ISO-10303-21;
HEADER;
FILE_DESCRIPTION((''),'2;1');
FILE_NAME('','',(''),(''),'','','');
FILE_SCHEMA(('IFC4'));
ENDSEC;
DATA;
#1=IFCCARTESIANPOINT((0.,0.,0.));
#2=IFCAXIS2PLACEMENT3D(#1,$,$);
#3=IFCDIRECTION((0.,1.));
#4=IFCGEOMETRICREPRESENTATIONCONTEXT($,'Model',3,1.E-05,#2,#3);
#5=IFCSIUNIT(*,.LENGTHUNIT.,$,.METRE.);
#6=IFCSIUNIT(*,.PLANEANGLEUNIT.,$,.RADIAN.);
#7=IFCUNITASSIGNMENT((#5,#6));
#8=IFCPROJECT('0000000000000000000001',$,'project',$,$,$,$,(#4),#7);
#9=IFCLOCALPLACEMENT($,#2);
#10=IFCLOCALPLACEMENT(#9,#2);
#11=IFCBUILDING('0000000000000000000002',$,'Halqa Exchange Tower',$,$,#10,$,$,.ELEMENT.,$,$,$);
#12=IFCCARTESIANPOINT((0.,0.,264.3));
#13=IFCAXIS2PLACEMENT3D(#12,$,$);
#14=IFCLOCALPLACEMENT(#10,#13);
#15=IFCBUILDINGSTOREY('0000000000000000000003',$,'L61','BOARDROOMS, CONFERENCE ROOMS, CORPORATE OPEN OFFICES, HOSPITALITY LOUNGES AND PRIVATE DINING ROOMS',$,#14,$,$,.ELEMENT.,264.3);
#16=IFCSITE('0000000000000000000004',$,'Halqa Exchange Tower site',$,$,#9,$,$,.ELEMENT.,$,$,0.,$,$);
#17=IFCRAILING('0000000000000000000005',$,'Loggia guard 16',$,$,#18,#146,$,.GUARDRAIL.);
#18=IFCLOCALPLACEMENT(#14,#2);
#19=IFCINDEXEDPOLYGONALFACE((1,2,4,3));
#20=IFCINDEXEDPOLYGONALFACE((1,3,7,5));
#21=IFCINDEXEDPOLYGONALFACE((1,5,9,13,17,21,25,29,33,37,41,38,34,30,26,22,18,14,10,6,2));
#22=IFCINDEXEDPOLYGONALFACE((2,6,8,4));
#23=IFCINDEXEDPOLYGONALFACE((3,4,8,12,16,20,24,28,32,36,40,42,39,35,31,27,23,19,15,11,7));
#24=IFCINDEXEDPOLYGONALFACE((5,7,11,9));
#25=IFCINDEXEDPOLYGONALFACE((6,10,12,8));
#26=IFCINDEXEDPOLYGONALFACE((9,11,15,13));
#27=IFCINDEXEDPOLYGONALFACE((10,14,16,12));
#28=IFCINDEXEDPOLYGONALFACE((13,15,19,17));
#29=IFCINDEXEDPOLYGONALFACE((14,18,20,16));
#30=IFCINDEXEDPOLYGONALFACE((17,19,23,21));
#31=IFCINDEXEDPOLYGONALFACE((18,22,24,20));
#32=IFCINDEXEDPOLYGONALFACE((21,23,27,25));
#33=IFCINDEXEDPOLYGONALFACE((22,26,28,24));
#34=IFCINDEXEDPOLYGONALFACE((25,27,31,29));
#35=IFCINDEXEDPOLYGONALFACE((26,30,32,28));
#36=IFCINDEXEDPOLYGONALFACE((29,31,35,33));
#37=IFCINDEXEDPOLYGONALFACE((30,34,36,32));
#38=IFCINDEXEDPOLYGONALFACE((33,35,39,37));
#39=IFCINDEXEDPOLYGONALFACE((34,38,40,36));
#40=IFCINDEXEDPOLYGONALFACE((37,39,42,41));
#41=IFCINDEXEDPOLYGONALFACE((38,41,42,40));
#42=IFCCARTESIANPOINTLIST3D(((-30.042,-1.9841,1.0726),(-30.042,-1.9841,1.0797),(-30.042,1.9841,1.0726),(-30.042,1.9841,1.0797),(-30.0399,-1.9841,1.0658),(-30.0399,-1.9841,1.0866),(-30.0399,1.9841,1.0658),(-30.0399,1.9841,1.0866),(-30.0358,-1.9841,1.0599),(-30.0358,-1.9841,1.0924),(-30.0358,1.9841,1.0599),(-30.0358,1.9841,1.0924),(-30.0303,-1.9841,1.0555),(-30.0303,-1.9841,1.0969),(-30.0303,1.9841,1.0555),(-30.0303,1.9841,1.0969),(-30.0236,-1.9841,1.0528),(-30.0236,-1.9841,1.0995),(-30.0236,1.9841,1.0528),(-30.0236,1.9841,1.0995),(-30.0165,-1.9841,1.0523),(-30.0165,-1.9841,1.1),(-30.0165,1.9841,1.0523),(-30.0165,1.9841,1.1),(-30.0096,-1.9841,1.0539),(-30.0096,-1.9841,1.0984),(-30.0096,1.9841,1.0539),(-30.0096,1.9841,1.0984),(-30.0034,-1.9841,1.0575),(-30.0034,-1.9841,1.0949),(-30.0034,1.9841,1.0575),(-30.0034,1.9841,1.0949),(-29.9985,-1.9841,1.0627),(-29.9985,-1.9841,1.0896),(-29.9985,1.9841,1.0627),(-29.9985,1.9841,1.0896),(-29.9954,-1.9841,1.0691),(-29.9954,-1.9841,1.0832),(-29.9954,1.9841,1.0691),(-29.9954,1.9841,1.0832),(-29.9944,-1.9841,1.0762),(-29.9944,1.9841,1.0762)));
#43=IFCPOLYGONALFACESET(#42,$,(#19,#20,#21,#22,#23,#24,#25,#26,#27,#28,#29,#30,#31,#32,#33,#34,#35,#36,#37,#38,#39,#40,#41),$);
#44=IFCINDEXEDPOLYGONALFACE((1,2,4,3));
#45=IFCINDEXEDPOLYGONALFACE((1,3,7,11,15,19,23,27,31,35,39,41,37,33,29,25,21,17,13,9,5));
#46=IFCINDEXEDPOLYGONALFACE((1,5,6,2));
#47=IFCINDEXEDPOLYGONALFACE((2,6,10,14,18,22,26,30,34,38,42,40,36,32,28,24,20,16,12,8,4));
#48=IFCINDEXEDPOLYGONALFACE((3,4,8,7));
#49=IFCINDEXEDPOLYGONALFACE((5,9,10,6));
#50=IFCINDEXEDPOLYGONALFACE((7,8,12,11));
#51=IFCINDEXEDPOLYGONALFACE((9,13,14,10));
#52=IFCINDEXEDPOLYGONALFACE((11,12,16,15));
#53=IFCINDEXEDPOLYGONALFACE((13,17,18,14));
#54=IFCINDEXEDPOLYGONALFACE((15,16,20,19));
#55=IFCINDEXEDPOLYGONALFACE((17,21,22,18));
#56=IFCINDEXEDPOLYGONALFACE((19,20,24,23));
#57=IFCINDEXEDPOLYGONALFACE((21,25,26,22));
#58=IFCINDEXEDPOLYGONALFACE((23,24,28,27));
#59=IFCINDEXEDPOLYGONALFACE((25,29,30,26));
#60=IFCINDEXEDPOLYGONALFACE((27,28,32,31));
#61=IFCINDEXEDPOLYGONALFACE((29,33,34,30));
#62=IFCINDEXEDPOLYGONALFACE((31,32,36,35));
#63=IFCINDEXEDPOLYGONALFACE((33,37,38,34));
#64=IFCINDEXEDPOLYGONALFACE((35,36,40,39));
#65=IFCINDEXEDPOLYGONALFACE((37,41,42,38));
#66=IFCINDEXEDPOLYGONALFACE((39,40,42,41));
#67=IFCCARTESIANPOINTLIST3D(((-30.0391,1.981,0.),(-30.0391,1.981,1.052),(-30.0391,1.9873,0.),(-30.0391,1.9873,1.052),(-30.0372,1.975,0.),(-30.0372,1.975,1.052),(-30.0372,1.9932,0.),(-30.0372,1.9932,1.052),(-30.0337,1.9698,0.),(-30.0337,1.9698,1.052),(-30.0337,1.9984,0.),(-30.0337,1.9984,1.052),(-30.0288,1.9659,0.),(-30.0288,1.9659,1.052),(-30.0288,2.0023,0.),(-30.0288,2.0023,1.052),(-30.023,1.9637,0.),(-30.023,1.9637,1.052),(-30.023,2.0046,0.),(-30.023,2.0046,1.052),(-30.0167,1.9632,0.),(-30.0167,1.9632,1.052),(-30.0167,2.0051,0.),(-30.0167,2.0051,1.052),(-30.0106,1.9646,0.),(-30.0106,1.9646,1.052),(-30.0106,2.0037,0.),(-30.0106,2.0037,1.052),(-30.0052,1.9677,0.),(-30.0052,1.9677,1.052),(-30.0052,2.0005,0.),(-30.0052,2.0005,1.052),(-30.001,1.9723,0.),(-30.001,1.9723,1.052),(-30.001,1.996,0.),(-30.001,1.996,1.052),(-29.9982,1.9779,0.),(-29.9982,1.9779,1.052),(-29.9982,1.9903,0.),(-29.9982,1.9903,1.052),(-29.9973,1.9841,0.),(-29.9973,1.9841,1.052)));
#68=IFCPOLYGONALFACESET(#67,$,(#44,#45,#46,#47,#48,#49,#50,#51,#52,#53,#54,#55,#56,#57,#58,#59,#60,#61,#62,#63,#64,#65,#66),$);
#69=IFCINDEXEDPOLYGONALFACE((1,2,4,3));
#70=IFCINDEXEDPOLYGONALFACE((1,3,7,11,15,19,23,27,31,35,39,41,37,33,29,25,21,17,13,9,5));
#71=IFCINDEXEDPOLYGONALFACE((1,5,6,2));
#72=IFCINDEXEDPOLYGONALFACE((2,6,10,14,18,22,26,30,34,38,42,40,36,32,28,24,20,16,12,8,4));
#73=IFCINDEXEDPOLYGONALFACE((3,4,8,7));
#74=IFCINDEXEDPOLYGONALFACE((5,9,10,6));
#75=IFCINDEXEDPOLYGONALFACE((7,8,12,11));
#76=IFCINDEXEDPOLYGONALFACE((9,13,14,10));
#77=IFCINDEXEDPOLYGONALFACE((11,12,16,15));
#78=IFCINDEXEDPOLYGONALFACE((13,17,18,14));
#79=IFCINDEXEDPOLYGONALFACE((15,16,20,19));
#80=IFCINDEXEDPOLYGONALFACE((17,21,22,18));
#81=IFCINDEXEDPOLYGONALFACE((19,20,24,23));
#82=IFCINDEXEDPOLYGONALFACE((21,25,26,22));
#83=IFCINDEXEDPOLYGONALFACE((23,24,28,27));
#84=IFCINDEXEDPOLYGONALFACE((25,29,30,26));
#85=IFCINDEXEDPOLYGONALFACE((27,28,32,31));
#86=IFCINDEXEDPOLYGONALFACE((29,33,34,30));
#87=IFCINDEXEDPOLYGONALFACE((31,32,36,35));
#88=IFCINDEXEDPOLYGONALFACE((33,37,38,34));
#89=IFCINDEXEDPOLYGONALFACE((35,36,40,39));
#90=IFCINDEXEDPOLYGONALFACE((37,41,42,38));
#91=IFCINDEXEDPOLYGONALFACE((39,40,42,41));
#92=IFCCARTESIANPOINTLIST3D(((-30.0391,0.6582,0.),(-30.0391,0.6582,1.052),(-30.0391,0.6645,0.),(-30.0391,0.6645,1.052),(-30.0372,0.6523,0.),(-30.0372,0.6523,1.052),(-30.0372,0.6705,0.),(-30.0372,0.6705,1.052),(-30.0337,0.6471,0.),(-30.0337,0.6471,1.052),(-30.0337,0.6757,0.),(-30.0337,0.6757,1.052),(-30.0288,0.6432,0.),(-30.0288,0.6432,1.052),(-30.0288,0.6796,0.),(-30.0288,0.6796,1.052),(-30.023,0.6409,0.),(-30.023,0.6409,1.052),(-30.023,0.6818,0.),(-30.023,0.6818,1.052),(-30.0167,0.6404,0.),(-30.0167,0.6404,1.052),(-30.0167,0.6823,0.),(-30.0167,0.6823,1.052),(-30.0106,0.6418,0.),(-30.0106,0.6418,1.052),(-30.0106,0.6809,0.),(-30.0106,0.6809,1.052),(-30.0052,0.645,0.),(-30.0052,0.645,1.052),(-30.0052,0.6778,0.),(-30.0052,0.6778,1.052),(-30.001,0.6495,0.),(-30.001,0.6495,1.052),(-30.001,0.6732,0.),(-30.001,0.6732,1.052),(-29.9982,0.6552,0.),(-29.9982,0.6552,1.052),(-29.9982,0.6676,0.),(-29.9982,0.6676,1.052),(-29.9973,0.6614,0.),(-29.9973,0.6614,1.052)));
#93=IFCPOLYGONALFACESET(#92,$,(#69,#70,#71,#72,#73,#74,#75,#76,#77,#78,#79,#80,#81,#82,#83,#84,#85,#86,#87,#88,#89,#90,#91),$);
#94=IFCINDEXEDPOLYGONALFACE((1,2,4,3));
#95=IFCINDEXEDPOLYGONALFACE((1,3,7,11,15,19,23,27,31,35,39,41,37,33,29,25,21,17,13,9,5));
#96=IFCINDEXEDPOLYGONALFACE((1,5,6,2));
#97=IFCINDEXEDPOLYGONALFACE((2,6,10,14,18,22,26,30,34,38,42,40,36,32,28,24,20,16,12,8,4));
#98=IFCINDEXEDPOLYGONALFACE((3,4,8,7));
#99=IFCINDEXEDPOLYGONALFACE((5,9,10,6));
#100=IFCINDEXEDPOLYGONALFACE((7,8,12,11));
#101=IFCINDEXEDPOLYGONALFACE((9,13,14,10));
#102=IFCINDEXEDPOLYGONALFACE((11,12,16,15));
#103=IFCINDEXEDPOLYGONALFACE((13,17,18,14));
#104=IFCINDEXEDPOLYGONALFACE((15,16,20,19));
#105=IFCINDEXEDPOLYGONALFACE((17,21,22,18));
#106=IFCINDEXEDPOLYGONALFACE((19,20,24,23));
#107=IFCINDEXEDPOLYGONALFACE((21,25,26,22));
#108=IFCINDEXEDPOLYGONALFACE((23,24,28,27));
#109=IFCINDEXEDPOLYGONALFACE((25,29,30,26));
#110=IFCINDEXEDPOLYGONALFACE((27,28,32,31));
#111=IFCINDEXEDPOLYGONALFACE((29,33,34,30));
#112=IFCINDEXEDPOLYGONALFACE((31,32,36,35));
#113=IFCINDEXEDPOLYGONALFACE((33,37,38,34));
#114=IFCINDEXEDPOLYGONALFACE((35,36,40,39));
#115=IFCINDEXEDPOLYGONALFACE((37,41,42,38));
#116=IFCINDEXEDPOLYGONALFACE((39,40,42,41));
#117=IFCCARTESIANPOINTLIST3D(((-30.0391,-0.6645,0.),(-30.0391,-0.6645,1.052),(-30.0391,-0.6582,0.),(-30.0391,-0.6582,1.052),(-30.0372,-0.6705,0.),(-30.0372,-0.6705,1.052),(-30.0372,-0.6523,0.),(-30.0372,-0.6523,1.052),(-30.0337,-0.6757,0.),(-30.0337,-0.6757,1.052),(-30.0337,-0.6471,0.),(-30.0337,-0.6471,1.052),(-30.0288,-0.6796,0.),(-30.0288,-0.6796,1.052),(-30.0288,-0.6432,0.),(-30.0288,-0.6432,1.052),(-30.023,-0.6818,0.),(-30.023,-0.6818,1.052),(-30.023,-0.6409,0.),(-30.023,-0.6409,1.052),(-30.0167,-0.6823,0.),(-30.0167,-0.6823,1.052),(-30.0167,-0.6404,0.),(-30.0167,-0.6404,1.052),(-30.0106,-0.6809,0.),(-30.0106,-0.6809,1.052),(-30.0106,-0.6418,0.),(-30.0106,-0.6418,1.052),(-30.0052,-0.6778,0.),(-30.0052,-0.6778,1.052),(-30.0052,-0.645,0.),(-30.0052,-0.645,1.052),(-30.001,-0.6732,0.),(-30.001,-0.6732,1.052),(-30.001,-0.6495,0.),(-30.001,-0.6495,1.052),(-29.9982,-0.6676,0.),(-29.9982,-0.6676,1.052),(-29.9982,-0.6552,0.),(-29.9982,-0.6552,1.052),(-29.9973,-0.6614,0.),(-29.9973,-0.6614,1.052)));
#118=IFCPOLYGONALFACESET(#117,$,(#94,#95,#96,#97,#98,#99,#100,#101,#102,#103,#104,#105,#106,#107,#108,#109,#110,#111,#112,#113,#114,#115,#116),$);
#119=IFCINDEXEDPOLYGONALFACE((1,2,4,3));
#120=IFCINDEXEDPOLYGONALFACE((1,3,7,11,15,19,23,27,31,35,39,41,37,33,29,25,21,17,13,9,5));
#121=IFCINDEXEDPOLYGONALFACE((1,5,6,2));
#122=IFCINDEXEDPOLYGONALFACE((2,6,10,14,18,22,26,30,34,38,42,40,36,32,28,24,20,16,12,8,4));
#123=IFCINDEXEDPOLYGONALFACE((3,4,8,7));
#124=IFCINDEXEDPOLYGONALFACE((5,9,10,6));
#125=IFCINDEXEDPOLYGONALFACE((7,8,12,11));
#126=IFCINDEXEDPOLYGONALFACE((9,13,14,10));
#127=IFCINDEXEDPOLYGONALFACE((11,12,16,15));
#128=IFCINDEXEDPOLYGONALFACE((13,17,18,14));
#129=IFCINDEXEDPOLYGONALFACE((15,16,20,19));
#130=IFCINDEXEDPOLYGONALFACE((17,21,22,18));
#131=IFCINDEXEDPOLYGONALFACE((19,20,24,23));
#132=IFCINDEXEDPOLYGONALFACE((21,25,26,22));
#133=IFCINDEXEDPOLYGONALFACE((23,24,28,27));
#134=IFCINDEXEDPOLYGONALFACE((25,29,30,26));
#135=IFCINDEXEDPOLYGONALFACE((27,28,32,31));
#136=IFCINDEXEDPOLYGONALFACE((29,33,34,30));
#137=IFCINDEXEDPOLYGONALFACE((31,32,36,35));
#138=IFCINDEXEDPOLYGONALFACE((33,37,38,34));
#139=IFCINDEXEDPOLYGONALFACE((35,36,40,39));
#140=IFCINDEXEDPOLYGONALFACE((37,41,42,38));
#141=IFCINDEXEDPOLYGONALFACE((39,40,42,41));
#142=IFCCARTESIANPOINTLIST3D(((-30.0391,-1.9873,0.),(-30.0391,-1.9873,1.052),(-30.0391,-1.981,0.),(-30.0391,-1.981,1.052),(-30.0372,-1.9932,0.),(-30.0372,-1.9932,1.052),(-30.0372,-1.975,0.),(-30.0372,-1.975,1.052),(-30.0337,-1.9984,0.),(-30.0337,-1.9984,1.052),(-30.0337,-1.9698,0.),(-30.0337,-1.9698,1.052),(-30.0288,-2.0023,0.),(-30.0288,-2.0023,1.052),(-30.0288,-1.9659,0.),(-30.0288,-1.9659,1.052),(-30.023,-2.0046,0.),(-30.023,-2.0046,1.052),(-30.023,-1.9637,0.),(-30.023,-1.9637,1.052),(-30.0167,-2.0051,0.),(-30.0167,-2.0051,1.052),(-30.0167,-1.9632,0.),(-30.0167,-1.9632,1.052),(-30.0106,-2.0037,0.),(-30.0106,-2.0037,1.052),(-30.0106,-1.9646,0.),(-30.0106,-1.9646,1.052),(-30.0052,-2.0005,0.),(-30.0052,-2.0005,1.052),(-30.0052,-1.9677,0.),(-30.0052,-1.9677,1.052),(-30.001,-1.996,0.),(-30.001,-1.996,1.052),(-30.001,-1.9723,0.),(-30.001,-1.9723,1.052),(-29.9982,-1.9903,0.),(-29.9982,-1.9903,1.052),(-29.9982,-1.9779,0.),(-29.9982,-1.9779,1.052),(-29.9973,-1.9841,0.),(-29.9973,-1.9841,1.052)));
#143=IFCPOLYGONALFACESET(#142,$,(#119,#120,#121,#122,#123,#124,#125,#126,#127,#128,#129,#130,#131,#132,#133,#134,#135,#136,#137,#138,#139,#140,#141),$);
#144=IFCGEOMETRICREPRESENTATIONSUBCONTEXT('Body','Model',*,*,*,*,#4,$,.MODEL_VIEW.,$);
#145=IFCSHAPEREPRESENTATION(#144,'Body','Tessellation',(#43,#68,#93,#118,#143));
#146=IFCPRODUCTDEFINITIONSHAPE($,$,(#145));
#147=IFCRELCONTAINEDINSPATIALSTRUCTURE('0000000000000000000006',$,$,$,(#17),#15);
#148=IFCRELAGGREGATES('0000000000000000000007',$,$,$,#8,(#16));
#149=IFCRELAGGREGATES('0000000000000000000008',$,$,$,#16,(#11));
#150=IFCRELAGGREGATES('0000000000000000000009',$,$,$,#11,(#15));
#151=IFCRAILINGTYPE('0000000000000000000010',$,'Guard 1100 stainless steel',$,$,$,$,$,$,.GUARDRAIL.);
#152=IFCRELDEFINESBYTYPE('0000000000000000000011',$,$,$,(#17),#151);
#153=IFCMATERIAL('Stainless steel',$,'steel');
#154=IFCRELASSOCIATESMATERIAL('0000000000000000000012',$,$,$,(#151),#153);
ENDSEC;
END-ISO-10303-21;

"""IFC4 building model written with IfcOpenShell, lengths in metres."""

from ifc_helpers import new_model, si_unit, direction, frame, origin, origin_2d, place, context, subcontext, project, spatial, circle, extrude, material, type_object, element, save


model = new_model("IFC4")

# Units and contexts
model_context = context("Model", 3, precision=1e-05, world=origin(), true_north=direction((0.0, 1.0)))
body_context = subcontext(model_context, "Body", "Model", "MODEL_VIEW")
ifc_project = project(units=[si_unit("LENGTHUNIT", "METRE"), si_unit("PLANEANGLEUNIT", "RADIAN")], contexts=[model_context])

# Site, building, storey
site_placement = place(None, origin())
site = spatial("IfcSite", under=ifc_project, at=site_placement, Name="Halqa Exchange Tower site", CompositionType="ELEMENT", RefElevation=0.0)
building_placement = place(site_placement, origin())
building = spatial("IfcBuilding", under=site, at=building_placement, Name="Halqa Exchange Tower", CompositionType="ELEMENT")
storey_placement = place(building_placement, frame((0.0, 0.0, 264.3)))
storey = spatial("IfcBuildingStorey", under=building, at=storey_placement, Name="L61", Description="BOARDROOMS, CONFERENCE ROOMS, CORPORATE OPEN OFFICES, HOSPITALITY LOUNGES AND PRIVATE DINING ROOMS", CompositionType="ELEMENT", Elevation=264.3)

# Railing
ifc_material_1 = material(Name="Stainless steel", Category="steel")
railing_type = type_object("IfcRailingType", Name="Guard 1100 stainless steel", PredefinedType="GUARDRAIL", material=ifc_material_1)
railing_1_placement = place(storey_placement, frame((-30.0183, 1.9841, 0.0)))
element("IfcRailing", 1, at=railing_1_placement, inside=storey, type_object=railing_type, Name="Loggia guard 16", PredefinedType="GUARDRAIL", context=body_context, shape_type="SweptSolid", body=[
    extrude(circle(Radius=0.0239, at=origin_2d()), frame((0.0, 0.0, 1.0762), z_axis=(0.0, -1.0, 0.0), x_axis=(1.0, 0.0, 0.0)), (0.0, 0.0, 1.0), 3.9683),
    extrude(circle(Radius=0.021, at=origin_2d()), origin(), (0.0, 0.0, 1.0), 1.052),
    extrude(circle(Radius=0.021, at=origin_2d()), frame((0.0, -1.3228, 0.0)), (0.0, 0.0, 1.0), 1.052),
    extrude(circle(Radius=0.021, at=origin_2d()), frame((0.0, -2.6455, 0.0)), (0.0, 0.0, 1.0), 1.052),
    extrude(circle(Radius=0.021, at=origin_2d()), frame((0.0, -3.9683, 0.0)), (0.0, 0.0, 1.0), 1.052),
])

save(model, "model.ifc")
